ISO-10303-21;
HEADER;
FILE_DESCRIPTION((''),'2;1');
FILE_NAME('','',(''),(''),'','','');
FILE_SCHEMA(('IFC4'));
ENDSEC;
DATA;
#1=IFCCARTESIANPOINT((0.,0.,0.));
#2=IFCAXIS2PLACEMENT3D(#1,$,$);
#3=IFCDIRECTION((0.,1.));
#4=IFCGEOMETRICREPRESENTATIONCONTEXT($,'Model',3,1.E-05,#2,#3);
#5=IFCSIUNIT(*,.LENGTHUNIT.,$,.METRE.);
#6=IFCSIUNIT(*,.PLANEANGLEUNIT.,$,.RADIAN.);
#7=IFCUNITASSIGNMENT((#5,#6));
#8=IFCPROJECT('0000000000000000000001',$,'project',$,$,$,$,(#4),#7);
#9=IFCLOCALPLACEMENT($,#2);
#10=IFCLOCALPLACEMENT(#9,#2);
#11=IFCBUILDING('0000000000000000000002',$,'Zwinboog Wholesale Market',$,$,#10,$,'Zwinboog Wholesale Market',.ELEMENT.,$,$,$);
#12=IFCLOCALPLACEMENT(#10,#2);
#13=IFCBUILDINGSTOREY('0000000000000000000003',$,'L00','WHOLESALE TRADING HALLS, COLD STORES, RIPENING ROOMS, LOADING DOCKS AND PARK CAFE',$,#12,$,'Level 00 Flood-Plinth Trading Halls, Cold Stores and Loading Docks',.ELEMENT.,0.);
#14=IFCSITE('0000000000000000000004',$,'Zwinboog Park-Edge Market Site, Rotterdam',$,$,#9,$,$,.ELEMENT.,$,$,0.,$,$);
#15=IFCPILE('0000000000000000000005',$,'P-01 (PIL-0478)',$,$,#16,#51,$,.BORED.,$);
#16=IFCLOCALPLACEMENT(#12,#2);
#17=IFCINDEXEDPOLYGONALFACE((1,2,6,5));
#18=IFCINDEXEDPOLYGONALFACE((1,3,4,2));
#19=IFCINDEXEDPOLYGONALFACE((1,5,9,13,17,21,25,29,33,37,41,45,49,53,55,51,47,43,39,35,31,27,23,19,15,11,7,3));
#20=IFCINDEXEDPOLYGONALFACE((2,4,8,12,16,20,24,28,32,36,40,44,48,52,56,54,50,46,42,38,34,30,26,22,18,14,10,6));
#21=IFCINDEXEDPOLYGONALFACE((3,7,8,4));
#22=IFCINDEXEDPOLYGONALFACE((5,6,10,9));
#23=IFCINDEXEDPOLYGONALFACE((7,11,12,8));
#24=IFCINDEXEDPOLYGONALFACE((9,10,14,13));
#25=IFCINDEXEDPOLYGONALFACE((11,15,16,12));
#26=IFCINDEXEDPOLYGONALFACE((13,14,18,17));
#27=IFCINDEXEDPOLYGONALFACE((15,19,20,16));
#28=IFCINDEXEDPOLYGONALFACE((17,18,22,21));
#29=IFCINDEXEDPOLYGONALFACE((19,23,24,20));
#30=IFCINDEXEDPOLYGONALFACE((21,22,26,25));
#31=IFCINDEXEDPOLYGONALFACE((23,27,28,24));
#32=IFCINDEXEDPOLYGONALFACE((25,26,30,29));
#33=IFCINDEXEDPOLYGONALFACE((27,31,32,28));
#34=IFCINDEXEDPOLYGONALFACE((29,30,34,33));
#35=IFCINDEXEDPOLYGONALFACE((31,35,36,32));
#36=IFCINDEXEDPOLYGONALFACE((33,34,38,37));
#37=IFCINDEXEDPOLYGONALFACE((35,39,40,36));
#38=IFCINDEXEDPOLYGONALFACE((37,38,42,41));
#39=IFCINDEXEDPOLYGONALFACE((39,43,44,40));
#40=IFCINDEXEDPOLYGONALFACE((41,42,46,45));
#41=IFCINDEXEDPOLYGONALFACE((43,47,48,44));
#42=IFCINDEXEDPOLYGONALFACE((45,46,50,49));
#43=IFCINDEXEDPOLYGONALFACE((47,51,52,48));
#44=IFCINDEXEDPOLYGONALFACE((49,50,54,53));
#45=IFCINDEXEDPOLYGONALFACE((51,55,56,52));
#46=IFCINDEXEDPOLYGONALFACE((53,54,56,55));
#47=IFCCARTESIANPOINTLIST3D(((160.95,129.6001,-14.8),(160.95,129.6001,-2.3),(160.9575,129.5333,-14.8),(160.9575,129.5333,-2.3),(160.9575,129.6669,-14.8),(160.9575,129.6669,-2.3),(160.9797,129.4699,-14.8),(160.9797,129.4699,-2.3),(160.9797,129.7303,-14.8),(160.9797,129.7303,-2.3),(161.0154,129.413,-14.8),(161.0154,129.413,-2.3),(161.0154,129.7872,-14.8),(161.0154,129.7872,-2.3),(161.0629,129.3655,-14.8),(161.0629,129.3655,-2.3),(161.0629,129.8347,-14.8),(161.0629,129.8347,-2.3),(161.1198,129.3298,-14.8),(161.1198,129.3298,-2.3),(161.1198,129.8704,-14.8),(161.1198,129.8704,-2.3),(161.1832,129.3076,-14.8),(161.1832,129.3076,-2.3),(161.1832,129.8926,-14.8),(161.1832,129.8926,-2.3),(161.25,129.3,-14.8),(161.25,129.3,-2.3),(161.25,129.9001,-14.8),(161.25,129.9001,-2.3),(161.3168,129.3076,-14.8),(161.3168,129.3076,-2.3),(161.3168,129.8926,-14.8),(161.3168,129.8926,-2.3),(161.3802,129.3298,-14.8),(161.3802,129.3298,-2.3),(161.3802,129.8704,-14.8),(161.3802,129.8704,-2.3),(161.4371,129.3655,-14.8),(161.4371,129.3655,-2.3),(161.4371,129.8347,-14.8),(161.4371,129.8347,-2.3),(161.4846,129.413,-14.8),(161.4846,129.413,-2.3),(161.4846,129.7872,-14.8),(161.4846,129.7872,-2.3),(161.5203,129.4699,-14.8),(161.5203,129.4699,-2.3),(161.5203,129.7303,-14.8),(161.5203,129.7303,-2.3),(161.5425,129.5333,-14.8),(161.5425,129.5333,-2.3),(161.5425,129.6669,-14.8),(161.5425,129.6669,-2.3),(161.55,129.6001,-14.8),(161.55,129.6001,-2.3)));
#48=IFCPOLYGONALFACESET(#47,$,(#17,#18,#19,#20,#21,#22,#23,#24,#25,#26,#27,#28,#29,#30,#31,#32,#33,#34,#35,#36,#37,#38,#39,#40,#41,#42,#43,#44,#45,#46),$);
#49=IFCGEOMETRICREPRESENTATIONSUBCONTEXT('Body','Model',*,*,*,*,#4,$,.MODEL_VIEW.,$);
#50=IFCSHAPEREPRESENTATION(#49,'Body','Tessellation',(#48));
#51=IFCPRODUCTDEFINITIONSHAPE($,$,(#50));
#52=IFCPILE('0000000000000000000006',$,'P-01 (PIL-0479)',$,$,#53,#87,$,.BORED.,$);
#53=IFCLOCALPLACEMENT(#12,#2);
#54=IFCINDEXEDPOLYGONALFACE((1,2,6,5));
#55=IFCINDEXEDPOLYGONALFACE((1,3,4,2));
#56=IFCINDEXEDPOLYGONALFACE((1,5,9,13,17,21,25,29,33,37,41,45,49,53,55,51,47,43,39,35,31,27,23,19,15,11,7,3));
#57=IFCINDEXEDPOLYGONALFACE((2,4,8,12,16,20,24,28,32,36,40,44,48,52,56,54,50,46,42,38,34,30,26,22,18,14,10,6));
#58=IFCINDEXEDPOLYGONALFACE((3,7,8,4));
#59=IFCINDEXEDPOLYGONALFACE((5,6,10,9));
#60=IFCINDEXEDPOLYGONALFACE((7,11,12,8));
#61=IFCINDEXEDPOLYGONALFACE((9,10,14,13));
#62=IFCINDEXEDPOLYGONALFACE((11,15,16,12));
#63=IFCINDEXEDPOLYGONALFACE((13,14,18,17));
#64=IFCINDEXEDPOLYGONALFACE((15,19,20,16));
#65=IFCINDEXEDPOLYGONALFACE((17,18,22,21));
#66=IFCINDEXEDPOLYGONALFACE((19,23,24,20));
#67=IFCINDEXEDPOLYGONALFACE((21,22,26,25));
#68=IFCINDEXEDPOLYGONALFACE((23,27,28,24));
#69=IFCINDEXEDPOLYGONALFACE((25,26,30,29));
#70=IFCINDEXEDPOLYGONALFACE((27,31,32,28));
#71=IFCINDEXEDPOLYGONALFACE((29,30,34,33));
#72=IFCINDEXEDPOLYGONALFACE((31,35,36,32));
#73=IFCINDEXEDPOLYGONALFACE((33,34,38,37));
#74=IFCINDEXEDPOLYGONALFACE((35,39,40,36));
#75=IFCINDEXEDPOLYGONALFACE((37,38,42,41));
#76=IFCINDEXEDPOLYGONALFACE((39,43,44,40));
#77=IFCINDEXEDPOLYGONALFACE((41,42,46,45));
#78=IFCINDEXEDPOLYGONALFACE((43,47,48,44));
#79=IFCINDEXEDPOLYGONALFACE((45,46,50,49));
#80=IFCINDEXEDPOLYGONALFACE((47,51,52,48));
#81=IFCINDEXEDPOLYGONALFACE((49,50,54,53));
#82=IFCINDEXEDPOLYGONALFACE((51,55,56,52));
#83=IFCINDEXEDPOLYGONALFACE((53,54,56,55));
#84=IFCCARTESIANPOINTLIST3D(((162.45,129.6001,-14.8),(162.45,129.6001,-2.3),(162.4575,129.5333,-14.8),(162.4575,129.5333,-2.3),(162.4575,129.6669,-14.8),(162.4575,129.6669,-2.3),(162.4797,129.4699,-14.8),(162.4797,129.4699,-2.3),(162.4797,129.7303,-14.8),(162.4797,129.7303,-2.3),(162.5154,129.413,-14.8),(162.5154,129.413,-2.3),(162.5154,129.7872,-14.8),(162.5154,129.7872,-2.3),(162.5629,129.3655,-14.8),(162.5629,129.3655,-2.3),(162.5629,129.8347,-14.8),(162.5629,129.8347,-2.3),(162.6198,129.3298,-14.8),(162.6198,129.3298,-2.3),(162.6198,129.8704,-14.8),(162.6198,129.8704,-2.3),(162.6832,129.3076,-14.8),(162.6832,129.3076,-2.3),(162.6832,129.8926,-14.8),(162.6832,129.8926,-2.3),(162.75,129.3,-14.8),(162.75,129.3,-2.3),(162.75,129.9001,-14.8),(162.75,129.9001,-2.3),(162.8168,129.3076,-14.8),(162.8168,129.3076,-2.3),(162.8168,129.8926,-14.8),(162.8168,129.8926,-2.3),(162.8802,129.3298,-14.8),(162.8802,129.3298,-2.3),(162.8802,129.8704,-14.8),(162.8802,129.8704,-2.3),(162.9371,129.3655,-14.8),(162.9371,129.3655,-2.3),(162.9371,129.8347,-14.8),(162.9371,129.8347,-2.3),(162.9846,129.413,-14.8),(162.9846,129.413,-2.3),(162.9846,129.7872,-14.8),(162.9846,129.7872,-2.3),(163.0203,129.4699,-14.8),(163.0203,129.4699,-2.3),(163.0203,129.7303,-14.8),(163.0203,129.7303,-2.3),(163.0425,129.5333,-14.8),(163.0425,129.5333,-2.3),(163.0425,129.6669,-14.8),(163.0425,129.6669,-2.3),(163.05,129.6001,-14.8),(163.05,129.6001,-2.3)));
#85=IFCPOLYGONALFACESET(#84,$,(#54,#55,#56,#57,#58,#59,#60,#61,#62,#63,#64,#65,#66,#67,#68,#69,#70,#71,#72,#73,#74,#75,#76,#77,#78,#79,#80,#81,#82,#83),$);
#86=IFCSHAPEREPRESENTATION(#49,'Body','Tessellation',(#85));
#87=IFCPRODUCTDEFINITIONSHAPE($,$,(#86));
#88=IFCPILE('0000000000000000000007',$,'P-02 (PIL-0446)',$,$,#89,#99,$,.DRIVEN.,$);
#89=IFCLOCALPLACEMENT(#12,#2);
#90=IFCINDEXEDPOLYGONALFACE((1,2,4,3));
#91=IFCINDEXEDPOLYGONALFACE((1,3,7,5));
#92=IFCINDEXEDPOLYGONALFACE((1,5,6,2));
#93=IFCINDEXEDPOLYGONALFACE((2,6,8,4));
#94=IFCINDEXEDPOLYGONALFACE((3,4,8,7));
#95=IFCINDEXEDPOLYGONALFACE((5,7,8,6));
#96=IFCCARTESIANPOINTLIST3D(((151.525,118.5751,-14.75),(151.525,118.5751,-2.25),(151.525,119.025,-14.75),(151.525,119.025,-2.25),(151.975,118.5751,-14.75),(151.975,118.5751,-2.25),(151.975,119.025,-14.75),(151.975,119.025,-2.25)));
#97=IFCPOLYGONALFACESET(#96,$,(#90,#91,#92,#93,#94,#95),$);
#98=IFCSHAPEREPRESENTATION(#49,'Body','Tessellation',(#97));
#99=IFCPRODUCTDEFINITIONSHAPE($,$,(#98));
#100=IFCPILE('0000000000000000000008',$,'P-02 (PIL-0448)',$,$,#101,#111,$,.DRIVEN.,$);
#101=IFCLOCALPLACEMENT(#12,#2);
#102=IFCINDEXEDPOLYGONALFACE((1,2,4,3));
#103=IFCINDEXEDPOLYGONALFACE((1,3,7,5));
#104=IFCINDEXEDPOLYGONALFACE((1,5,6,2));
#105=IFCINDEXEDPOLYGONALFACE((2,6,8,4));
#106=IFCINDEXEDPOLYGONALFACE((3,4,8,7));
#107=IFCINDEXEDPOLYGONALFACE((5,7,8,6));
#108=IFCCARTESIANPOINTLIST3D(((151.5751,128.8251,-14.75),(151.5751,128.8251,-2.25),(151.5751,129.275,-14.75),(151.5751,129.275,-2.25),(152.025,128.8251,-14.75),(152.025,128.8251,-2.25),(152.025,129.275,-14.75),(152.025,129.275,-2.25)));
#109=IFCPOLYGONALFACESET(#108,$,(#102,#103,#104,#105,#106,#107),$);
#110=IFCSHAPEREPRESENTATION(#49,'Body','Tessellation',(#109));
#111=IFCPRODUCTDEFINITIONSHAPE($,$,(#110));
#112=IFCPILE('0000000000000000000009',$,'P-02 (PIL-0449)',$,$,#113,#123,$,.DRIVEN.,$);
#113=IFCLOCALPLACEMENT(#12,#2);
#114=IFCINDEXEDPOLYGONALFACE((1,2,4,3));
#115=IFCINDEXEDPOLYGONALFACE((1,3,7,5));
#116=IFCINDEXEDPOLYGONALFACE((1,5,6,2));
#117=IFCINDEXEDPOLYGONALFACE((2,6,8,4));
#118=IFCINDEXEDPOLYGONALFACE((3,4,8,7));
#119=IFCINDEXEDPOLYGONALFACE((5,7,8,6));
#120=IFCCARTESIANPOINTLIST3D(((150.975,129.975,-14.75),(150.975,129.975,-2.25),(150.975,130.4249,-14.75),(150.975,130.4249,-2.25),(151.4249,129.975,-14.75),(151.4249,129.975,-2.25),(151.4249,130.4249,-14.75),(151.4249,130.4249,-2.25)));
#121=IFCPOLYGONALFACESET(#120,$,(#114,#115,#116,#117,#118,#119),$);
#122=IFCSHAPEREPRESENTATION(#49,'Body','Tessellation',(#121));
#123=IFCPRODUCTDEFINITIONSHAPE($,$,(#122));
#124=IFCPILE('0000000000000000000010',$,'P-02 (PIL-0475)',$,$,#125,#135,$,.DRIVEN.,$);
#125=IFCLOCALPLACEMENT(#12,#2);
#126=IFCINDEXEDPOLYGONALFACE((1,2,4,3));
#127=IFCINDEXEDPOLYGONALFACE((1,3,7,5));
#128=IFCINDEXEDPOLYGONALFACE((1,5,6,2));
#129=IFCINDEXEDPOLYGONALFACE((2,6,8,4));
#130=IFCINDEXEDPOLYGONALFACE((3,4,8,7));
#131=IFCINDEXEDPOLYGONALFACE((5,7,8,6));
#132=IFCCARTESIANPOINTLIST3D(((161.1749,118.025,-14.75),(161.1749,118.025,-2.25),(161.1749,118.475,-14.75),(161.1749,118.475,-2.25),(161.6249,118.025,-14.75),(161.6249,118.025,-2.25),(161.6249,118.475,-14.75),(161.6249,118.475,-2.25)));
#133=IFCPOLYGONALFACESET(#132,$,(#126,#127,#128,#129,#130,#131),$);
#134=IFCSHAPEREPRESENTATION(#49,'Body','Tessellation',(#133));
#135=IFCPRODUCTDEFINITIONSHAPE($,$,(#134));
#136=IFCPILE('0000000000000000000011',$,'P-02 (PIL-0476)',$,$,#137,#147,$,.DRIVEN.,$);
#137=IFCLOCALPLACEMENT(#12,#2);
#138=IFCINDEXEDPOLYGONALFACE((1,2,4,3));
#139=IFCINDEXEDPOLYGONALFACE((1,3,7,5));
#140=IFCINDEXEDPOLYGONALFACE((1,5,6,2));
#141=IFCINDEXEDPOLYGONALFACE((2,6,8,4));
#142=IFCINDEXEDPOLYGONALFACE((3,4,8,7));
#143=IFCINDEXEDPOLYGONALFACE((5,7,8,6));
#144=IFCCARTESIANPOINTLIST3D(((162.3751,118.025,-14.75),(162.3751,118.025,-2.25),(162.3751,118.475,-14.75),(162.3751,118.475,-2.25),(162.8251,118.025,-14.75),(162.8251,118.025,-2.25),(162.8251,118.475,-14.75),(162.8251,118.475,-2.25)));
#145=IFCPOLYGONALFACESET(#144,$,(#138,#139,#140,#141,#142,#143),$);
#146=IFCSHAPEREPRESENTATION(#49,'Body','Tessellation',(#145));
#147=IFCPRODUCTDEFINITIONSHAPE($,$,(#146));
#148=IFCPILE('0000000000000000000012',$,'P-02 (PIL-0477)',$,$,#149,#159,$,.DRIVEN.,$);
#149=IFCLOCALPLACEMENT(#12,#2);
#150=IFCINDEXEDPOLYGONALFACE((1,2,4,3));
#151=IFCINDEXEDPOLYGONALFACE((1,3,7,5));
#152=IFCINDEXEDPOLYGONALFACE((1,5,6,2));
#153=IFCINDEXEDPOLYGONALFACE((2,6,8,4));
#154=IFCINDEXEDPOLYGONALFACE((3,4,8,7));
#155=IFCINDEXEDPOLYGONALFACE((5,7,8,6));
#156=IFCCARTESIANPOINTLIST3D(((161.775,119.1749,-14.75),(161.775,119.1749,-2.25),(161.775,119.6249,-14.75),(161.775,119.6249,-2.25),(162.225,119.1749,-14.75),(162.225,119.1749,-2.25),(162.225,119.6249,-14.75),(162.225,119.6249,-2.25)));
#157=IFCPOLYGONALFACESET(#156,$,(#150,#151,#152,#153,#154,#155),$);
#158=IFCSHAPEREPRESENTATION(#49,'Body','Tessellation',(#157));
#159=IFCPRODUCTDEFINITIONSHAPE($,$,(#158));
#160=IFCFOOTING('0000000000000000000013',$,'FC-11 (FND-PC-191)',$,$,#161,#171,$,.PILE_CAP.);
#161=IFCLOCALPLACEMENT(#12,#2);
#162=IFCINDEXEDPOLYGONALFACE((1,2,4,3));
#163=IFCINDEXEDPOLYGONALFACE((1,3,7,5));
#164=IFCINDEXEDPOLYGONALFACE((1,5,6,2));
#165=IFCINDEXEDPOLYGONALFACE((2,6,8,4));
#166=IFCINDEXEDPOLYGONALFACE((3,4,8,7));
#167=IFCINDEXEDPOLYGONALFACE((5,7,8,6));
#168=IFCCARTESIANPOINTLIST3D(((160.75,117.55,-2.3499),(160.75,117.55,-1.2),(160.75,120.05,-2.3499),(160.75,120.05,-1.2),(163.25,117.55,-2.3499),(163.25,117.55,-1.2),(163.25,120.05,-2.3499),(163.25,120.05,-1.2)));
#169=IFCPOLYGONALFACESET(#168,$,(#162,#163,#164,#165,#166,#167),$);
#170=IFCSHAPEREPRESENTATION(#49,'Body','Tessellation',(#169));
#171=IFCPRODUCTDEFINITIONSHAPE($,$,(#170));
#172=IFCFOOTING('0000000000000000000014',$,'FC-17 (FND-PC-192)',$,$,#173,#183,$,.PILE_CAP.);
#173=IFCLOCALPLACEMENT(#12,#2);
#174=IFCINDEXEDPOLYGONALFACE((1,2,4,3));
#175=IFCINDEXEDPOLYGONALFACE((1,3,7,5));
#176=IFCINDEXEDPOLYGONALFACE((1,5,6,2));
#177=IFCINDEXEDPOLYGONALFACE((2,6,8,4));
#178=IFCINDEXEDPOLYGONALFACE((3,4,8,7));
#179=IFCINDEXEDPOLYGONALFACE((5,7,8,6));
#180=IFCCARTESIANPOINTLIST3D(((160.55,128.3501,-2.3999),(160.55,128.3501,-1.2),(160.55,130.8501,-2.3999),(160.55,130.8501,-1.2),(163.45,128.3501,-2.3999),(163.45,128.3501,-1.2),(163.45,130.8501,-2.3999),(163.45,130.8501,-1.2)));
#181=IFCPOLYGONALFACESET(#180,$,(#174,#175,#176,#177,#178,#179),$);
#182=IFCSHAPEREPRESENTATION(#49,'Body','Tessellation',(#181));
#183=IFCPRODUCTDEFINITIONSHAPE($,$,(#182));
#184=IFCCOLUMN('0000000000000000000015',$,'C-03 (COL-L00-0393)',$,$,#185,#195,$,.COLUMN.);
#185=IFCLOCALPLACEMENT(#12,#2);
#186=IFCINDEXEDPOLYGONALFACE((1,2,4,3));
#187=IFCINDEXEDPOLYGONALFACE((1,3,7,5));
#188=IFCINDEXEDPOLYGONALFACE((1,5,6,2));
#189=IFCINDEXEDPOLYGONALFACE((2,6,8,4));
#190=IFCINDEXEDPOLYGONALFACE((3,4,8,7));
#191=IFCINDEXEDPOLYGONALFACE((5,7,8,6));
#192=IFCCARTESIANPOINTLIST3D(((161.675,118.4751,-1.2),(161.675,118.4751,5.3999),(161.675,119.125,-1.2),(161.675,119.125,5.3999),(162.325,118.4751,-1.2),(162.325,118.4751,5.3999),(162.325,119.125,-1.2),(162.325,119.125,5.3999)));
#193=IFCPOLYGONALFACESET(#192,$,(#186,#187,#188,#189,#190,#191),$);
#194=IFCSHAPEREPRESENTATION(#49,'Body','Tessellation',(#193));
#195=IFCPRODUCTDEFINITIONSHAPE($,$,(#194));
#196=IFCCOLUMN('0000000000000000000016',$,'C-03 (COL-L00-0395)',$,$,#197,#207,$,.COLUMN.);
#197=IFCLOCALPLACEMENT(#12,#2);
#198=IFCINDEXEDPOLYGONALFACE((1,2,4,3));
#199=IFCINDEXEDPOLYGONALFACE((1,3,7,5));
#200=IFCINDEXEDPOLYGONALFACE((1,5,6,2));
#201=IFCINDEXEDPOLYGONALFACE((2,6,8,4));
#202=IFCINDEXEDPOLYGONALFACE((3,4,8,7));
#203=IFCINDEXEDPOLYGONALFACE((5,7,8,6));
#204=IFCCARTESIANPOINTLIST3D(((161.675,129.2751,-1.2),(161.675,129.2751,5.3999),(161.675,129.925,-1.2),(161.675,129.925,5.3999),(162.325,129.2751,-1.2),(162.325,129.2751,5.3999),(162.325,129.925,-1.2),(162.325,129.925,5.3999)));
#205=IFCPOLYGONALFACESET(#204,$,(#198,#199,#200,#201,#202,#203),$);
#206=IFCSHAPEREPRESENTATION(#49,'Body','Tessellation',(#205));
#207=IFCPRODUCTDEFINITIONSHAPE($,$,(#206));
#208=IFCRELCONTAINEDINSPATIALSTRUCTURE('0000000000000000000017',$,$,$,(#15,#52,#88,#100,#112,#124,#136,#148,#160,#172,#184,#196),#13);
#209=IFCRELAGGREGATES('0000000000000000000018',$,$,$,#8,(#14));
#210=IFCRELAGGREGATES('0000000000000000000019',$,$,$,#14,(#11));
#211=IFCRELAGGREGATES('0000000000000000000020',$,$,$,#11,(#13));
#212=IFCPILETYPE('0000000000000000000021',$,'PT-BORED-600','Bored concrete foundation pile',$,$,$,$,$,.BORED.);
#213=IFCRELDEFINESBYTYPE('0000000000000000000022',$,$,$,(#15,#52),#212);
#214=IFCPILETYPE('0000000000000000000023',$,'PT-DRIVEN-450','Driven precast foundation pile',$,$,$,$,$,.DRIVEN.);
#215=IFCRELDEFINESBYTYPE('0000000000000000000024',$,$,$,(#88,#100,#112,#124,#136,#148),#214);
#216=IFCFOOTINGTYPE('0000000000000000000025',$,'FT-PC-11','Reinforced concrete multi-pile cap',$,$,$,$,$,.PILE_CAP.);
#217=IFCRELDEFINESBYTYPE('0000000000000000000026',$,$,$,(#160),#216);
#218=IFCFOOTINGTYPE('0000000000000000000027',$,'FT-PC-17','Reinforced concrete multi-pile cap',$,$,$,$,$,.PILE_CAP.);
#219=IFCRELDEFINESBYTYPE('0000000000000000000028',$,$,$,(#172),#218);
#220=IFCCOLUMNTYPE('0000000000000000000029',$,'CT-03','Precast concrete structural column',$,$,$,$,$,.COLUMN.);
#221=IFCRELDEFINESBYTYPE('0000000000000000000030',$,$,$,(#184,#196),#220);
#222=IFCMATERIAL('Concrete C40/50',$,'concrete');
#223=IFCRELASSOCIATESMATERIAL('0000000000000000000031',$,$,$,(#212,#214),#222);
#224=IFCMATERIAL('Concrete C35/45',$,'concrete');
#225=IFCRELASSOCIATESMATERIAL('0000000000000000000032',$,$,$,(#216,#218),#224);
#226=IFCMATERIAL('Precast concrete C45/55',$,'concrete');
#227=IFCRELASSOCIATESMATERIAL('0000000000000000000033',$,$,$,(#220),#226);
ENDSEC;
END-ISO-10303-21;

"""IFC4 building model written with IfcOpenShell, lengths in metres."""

from ifc_helpers import new_model, si_unit, direction, frame, origin, origin_2d, place, context, subcontext, project, spatial, rectangle, circle, extrude, material, material_profile, profile_set, type_object, element, save


model = new_model("IFC4")

# Units and contexts
model_context = context("Model", 3, precision=1e-05, world=origin(), true_north=direction((0.0, 1.0)))
body_context = subcontext(model_context, "Body", "Model", "MODEL_VIEW")
ifc_project = project(units=[si_unit("LENGTHUNIT", "METRE"), si_unit("PLANEANGLEUNIT", "RADIAN")], contexts=[model_context])

# Site, building, storey
site_placement = place(None, origin())
site = spatial("IfcSite", under=ifc_project, at=site_placement, Name="Zwinboog Park-Edge Market Site, Rotterdam", CompositionType="ELEMENT", RefElevation=0.0)
building_placement = place(site_placement, origin())
building = spatial("IfcBuilding", under=site, at=building_placement, Name="Zwinboog Wholesale Market", LongName="Zwinboog Wholesale Market", CompositionType="ELEMENT")
storey_placement = place(building_placement, origin())
storey = spatial("IfcBuildingStorey", under=building, at=storey_placement, Name="L00", Description="WHOLESALE TRADING HALLS, COLD STORES, RIPENING ROOMS, LOADING DOCKS AND PARK CAFE", LongName="Level 00 Flood-Plinth Trading Halls, Cold Stores and Loading Docks", CompositionType="ELEMENT", Elevation=0.0)

# Piles
ifc_material_1 = material(Name="Concrete C40/50", Category="concrete")
ifc_material_profile_1 = material_profile(ifc_material_1, circle(Radius=0.3, at=origin_2d()), Name="PILE D600")
ifc_profile_set_1 = profile_set([ifc_material_profile_1], Name="Concrete C40/50")
pile_type_1 = type_object("IfcPileType", Name="PT-BORED-600", Description="Bored concrete foundation pile", PredefinedType="BORED", material=ifc_profile_set_1)
for number, where, z_axis, x_axis, name in (
    (1, (161.25, 129.6001, -2.3), (0.0, 0.0, -1.0), (1.0, 0.0, 0.0), "P-01 (PIL-0478)"),
    (2, (162.75, 129.6001, -2.3), (0.0, 0.0, -1.0), (1.0, 0.0, 0.0), "P-01 (PIL-0479)"),
):
    element("IfcPile", number, at=place(storey_placement, frame(where, z_axis=z_axis, x_axis=x_axis)), inside=storey, type_object=pile_type_1, Name=name, PredefinedType="BORED", context=body_context, shape_type="SweptSolid", body=[
        extrude(circle(Radius=0.3, at=origin_2d()), origin(), (0.0, 0.0, 1.0), 12.5),
    ])
ifc_material_profile_2 = material_profile(ifc_material_1, rectangle(XDim=0.45, YDim=0.45, at=origin_2d()), Name="PILE SQ450")
ifc_profile_set_2 = profile_set([ifc_material_profile_2], Name="Concrete C40/50")
pile_type_2 = type_object("IfcPileType", Name="PT-DRIVEN-450", Description="Driven precast foundation pile", PredefinedType="DRIVEN", material=ifc_profile_set_2)
for number, where, z_axis, x_axis, name in (
    (3, (151.75, 118.8, -2.25), (0.0, 0.0, -1.0), (1.0, 0.0, 0.0), "P-02 (PIL-0446)"),
    (4, (151.8, 129.05, -2.25), (0.0, 0.0, -1.0), (1.0, 0.0, 0.0), "P-02 (PIL-0448)"),
    (5, (151.2, 130.2, -2.25), (0.0, 0.0, -1.0), (1.0, 0.0, 0.0), "P-02 (PIL-0449)"),
    (6, (161.3999, 118.25, -2.25), (0.0, 0.0, -1.0), (1.0, 0.0, 0.0), "P-02 (PIL-0475)"),
    (7, (162.6001, 118.25, -2.25), (0.0, 0.0, -1.0), (1.0, 0.0, 0.0), "P-02 (PIL-0476)"),
    (8, (162.0, 119.3999, -2.25), (0.0, 0.0, -1.0), (1.0, 0.0, 0.0), "P-02 (PIL-0477)"),
):
    element("IfcPile", number, at=place(storey_placement, frame(where, z_axis=z_axis, x_axis=x_axis)), inside=storey, type_object=pile_type_2, Name=name, PredefinedType="DRIVEN", context=body_context, shape_type="SweptSolid", body=[
        extrude(rectangle(XDim=0.45, YDim=0.45, at=origin_2d()), origin(), (0.0, 0.0, 1.0), 12.5),
    ])

# Footings
ifc_material_2 = material(Name="Concrete C35/45", Category="concrete")
footing_type_1 = type_object("IfcFootingType", Name="FT-PC-11", Description="Reinforced concrete multi-pile cap", PredefinedType="PILE_CAP", material=ifc_material_2)
footing_1_placement = place(storey_placement, frame((162.0, 118.8, -2.3499), z_axis=(0.0, 0.0, 1.0), x_axis=(1.0, 0.0, 0.0)))
element("IfcFooting", 9, at=footing_1_placement, inside=storey, type_object=footing_type_1, Name="FC-11 (FND-PC-191)", PredefinedType="PILE_CAP", context=body_context, shape_type="SweptSolid", body=[
    extrude(rectangle(XDim=2.5, YDim=2.5, at=origin_2d()), origin(), (0.0, 0.0, 1.0), 1.1499),
])
footing_type_2 = type_object("IfcFootingType", Name="FT-PC-17", Description="Reinforced concrete multi-pile cap", PredefinedType="PILE_CAP", material=ifc_material_2)
footing_2_placement = place(storey_placement, frame((162.0, 129.6001, -2.3999), z_axis=(0.0, 0.0, 1.0), x_axis=(1.0, 0.0, 0.0)))
element("IfcFooting", 10, at=footing_2_placement, inside=storey, type_object=footing_type_2, Name="FC-17 (FND-PC-192)", PredefinedType="PILE_CAP", context=body_context, shape_type="SweptSolid", body=[
    extrude(rectangle(XDim=2.8999, YDim=2.5, at=origin_2d()), origin(), (0.0, 0.0, 1.0), 1.2),
])

# Columns
ifc_material_3 = material(Name="Precast concrete C45/55", Category="concrete")
ifc_material_profile_3 = material_profile(ifc_material_3, rectangle(XDim=0.6499, YDim=0.6499, at=origin_2d()), Name="PC 650x650")
ifc_profile_set_3 = profile_set([ifc_material_profile_3], Name="Precast concrete C45/55")
column_type = type_object("IfcColumnType", Name="CT-03", Description="Precast concrete structural column", PredefinedType="COLUMN", material=ifc_profile_set_3)
for number, where, z_axis, x_axis, name in (
    (11, (162.0, 118.8, -1.2), (0.0, 0.0, 1.0), (1.0, 0.0, 0.0), "C-03 (COL-L00-0393)"),
    (12, (162.0, 129.6001, -1.2), (0.0, 0.0, 1.0), (1.0, 0.0, 0.0), "C-03 (COL-L00-0395)"),
):
    element("IfcColumn", number, at=place(storey_placement, frame(where, z_axis=z_axis, x_axis=x_axis)), inside=storey, type_object=column_type, Name=name, PredefinedType="COLUMN", context=body_context, shape_type="SweptSolid", body=[
        extrude(rectangle(XDim=0.6499, YDim=0.6499, at=origin_2d()), origin(), (0.0, 0.0, 1.0), 6.5999),
    ])

save(model, "model.ifc")
